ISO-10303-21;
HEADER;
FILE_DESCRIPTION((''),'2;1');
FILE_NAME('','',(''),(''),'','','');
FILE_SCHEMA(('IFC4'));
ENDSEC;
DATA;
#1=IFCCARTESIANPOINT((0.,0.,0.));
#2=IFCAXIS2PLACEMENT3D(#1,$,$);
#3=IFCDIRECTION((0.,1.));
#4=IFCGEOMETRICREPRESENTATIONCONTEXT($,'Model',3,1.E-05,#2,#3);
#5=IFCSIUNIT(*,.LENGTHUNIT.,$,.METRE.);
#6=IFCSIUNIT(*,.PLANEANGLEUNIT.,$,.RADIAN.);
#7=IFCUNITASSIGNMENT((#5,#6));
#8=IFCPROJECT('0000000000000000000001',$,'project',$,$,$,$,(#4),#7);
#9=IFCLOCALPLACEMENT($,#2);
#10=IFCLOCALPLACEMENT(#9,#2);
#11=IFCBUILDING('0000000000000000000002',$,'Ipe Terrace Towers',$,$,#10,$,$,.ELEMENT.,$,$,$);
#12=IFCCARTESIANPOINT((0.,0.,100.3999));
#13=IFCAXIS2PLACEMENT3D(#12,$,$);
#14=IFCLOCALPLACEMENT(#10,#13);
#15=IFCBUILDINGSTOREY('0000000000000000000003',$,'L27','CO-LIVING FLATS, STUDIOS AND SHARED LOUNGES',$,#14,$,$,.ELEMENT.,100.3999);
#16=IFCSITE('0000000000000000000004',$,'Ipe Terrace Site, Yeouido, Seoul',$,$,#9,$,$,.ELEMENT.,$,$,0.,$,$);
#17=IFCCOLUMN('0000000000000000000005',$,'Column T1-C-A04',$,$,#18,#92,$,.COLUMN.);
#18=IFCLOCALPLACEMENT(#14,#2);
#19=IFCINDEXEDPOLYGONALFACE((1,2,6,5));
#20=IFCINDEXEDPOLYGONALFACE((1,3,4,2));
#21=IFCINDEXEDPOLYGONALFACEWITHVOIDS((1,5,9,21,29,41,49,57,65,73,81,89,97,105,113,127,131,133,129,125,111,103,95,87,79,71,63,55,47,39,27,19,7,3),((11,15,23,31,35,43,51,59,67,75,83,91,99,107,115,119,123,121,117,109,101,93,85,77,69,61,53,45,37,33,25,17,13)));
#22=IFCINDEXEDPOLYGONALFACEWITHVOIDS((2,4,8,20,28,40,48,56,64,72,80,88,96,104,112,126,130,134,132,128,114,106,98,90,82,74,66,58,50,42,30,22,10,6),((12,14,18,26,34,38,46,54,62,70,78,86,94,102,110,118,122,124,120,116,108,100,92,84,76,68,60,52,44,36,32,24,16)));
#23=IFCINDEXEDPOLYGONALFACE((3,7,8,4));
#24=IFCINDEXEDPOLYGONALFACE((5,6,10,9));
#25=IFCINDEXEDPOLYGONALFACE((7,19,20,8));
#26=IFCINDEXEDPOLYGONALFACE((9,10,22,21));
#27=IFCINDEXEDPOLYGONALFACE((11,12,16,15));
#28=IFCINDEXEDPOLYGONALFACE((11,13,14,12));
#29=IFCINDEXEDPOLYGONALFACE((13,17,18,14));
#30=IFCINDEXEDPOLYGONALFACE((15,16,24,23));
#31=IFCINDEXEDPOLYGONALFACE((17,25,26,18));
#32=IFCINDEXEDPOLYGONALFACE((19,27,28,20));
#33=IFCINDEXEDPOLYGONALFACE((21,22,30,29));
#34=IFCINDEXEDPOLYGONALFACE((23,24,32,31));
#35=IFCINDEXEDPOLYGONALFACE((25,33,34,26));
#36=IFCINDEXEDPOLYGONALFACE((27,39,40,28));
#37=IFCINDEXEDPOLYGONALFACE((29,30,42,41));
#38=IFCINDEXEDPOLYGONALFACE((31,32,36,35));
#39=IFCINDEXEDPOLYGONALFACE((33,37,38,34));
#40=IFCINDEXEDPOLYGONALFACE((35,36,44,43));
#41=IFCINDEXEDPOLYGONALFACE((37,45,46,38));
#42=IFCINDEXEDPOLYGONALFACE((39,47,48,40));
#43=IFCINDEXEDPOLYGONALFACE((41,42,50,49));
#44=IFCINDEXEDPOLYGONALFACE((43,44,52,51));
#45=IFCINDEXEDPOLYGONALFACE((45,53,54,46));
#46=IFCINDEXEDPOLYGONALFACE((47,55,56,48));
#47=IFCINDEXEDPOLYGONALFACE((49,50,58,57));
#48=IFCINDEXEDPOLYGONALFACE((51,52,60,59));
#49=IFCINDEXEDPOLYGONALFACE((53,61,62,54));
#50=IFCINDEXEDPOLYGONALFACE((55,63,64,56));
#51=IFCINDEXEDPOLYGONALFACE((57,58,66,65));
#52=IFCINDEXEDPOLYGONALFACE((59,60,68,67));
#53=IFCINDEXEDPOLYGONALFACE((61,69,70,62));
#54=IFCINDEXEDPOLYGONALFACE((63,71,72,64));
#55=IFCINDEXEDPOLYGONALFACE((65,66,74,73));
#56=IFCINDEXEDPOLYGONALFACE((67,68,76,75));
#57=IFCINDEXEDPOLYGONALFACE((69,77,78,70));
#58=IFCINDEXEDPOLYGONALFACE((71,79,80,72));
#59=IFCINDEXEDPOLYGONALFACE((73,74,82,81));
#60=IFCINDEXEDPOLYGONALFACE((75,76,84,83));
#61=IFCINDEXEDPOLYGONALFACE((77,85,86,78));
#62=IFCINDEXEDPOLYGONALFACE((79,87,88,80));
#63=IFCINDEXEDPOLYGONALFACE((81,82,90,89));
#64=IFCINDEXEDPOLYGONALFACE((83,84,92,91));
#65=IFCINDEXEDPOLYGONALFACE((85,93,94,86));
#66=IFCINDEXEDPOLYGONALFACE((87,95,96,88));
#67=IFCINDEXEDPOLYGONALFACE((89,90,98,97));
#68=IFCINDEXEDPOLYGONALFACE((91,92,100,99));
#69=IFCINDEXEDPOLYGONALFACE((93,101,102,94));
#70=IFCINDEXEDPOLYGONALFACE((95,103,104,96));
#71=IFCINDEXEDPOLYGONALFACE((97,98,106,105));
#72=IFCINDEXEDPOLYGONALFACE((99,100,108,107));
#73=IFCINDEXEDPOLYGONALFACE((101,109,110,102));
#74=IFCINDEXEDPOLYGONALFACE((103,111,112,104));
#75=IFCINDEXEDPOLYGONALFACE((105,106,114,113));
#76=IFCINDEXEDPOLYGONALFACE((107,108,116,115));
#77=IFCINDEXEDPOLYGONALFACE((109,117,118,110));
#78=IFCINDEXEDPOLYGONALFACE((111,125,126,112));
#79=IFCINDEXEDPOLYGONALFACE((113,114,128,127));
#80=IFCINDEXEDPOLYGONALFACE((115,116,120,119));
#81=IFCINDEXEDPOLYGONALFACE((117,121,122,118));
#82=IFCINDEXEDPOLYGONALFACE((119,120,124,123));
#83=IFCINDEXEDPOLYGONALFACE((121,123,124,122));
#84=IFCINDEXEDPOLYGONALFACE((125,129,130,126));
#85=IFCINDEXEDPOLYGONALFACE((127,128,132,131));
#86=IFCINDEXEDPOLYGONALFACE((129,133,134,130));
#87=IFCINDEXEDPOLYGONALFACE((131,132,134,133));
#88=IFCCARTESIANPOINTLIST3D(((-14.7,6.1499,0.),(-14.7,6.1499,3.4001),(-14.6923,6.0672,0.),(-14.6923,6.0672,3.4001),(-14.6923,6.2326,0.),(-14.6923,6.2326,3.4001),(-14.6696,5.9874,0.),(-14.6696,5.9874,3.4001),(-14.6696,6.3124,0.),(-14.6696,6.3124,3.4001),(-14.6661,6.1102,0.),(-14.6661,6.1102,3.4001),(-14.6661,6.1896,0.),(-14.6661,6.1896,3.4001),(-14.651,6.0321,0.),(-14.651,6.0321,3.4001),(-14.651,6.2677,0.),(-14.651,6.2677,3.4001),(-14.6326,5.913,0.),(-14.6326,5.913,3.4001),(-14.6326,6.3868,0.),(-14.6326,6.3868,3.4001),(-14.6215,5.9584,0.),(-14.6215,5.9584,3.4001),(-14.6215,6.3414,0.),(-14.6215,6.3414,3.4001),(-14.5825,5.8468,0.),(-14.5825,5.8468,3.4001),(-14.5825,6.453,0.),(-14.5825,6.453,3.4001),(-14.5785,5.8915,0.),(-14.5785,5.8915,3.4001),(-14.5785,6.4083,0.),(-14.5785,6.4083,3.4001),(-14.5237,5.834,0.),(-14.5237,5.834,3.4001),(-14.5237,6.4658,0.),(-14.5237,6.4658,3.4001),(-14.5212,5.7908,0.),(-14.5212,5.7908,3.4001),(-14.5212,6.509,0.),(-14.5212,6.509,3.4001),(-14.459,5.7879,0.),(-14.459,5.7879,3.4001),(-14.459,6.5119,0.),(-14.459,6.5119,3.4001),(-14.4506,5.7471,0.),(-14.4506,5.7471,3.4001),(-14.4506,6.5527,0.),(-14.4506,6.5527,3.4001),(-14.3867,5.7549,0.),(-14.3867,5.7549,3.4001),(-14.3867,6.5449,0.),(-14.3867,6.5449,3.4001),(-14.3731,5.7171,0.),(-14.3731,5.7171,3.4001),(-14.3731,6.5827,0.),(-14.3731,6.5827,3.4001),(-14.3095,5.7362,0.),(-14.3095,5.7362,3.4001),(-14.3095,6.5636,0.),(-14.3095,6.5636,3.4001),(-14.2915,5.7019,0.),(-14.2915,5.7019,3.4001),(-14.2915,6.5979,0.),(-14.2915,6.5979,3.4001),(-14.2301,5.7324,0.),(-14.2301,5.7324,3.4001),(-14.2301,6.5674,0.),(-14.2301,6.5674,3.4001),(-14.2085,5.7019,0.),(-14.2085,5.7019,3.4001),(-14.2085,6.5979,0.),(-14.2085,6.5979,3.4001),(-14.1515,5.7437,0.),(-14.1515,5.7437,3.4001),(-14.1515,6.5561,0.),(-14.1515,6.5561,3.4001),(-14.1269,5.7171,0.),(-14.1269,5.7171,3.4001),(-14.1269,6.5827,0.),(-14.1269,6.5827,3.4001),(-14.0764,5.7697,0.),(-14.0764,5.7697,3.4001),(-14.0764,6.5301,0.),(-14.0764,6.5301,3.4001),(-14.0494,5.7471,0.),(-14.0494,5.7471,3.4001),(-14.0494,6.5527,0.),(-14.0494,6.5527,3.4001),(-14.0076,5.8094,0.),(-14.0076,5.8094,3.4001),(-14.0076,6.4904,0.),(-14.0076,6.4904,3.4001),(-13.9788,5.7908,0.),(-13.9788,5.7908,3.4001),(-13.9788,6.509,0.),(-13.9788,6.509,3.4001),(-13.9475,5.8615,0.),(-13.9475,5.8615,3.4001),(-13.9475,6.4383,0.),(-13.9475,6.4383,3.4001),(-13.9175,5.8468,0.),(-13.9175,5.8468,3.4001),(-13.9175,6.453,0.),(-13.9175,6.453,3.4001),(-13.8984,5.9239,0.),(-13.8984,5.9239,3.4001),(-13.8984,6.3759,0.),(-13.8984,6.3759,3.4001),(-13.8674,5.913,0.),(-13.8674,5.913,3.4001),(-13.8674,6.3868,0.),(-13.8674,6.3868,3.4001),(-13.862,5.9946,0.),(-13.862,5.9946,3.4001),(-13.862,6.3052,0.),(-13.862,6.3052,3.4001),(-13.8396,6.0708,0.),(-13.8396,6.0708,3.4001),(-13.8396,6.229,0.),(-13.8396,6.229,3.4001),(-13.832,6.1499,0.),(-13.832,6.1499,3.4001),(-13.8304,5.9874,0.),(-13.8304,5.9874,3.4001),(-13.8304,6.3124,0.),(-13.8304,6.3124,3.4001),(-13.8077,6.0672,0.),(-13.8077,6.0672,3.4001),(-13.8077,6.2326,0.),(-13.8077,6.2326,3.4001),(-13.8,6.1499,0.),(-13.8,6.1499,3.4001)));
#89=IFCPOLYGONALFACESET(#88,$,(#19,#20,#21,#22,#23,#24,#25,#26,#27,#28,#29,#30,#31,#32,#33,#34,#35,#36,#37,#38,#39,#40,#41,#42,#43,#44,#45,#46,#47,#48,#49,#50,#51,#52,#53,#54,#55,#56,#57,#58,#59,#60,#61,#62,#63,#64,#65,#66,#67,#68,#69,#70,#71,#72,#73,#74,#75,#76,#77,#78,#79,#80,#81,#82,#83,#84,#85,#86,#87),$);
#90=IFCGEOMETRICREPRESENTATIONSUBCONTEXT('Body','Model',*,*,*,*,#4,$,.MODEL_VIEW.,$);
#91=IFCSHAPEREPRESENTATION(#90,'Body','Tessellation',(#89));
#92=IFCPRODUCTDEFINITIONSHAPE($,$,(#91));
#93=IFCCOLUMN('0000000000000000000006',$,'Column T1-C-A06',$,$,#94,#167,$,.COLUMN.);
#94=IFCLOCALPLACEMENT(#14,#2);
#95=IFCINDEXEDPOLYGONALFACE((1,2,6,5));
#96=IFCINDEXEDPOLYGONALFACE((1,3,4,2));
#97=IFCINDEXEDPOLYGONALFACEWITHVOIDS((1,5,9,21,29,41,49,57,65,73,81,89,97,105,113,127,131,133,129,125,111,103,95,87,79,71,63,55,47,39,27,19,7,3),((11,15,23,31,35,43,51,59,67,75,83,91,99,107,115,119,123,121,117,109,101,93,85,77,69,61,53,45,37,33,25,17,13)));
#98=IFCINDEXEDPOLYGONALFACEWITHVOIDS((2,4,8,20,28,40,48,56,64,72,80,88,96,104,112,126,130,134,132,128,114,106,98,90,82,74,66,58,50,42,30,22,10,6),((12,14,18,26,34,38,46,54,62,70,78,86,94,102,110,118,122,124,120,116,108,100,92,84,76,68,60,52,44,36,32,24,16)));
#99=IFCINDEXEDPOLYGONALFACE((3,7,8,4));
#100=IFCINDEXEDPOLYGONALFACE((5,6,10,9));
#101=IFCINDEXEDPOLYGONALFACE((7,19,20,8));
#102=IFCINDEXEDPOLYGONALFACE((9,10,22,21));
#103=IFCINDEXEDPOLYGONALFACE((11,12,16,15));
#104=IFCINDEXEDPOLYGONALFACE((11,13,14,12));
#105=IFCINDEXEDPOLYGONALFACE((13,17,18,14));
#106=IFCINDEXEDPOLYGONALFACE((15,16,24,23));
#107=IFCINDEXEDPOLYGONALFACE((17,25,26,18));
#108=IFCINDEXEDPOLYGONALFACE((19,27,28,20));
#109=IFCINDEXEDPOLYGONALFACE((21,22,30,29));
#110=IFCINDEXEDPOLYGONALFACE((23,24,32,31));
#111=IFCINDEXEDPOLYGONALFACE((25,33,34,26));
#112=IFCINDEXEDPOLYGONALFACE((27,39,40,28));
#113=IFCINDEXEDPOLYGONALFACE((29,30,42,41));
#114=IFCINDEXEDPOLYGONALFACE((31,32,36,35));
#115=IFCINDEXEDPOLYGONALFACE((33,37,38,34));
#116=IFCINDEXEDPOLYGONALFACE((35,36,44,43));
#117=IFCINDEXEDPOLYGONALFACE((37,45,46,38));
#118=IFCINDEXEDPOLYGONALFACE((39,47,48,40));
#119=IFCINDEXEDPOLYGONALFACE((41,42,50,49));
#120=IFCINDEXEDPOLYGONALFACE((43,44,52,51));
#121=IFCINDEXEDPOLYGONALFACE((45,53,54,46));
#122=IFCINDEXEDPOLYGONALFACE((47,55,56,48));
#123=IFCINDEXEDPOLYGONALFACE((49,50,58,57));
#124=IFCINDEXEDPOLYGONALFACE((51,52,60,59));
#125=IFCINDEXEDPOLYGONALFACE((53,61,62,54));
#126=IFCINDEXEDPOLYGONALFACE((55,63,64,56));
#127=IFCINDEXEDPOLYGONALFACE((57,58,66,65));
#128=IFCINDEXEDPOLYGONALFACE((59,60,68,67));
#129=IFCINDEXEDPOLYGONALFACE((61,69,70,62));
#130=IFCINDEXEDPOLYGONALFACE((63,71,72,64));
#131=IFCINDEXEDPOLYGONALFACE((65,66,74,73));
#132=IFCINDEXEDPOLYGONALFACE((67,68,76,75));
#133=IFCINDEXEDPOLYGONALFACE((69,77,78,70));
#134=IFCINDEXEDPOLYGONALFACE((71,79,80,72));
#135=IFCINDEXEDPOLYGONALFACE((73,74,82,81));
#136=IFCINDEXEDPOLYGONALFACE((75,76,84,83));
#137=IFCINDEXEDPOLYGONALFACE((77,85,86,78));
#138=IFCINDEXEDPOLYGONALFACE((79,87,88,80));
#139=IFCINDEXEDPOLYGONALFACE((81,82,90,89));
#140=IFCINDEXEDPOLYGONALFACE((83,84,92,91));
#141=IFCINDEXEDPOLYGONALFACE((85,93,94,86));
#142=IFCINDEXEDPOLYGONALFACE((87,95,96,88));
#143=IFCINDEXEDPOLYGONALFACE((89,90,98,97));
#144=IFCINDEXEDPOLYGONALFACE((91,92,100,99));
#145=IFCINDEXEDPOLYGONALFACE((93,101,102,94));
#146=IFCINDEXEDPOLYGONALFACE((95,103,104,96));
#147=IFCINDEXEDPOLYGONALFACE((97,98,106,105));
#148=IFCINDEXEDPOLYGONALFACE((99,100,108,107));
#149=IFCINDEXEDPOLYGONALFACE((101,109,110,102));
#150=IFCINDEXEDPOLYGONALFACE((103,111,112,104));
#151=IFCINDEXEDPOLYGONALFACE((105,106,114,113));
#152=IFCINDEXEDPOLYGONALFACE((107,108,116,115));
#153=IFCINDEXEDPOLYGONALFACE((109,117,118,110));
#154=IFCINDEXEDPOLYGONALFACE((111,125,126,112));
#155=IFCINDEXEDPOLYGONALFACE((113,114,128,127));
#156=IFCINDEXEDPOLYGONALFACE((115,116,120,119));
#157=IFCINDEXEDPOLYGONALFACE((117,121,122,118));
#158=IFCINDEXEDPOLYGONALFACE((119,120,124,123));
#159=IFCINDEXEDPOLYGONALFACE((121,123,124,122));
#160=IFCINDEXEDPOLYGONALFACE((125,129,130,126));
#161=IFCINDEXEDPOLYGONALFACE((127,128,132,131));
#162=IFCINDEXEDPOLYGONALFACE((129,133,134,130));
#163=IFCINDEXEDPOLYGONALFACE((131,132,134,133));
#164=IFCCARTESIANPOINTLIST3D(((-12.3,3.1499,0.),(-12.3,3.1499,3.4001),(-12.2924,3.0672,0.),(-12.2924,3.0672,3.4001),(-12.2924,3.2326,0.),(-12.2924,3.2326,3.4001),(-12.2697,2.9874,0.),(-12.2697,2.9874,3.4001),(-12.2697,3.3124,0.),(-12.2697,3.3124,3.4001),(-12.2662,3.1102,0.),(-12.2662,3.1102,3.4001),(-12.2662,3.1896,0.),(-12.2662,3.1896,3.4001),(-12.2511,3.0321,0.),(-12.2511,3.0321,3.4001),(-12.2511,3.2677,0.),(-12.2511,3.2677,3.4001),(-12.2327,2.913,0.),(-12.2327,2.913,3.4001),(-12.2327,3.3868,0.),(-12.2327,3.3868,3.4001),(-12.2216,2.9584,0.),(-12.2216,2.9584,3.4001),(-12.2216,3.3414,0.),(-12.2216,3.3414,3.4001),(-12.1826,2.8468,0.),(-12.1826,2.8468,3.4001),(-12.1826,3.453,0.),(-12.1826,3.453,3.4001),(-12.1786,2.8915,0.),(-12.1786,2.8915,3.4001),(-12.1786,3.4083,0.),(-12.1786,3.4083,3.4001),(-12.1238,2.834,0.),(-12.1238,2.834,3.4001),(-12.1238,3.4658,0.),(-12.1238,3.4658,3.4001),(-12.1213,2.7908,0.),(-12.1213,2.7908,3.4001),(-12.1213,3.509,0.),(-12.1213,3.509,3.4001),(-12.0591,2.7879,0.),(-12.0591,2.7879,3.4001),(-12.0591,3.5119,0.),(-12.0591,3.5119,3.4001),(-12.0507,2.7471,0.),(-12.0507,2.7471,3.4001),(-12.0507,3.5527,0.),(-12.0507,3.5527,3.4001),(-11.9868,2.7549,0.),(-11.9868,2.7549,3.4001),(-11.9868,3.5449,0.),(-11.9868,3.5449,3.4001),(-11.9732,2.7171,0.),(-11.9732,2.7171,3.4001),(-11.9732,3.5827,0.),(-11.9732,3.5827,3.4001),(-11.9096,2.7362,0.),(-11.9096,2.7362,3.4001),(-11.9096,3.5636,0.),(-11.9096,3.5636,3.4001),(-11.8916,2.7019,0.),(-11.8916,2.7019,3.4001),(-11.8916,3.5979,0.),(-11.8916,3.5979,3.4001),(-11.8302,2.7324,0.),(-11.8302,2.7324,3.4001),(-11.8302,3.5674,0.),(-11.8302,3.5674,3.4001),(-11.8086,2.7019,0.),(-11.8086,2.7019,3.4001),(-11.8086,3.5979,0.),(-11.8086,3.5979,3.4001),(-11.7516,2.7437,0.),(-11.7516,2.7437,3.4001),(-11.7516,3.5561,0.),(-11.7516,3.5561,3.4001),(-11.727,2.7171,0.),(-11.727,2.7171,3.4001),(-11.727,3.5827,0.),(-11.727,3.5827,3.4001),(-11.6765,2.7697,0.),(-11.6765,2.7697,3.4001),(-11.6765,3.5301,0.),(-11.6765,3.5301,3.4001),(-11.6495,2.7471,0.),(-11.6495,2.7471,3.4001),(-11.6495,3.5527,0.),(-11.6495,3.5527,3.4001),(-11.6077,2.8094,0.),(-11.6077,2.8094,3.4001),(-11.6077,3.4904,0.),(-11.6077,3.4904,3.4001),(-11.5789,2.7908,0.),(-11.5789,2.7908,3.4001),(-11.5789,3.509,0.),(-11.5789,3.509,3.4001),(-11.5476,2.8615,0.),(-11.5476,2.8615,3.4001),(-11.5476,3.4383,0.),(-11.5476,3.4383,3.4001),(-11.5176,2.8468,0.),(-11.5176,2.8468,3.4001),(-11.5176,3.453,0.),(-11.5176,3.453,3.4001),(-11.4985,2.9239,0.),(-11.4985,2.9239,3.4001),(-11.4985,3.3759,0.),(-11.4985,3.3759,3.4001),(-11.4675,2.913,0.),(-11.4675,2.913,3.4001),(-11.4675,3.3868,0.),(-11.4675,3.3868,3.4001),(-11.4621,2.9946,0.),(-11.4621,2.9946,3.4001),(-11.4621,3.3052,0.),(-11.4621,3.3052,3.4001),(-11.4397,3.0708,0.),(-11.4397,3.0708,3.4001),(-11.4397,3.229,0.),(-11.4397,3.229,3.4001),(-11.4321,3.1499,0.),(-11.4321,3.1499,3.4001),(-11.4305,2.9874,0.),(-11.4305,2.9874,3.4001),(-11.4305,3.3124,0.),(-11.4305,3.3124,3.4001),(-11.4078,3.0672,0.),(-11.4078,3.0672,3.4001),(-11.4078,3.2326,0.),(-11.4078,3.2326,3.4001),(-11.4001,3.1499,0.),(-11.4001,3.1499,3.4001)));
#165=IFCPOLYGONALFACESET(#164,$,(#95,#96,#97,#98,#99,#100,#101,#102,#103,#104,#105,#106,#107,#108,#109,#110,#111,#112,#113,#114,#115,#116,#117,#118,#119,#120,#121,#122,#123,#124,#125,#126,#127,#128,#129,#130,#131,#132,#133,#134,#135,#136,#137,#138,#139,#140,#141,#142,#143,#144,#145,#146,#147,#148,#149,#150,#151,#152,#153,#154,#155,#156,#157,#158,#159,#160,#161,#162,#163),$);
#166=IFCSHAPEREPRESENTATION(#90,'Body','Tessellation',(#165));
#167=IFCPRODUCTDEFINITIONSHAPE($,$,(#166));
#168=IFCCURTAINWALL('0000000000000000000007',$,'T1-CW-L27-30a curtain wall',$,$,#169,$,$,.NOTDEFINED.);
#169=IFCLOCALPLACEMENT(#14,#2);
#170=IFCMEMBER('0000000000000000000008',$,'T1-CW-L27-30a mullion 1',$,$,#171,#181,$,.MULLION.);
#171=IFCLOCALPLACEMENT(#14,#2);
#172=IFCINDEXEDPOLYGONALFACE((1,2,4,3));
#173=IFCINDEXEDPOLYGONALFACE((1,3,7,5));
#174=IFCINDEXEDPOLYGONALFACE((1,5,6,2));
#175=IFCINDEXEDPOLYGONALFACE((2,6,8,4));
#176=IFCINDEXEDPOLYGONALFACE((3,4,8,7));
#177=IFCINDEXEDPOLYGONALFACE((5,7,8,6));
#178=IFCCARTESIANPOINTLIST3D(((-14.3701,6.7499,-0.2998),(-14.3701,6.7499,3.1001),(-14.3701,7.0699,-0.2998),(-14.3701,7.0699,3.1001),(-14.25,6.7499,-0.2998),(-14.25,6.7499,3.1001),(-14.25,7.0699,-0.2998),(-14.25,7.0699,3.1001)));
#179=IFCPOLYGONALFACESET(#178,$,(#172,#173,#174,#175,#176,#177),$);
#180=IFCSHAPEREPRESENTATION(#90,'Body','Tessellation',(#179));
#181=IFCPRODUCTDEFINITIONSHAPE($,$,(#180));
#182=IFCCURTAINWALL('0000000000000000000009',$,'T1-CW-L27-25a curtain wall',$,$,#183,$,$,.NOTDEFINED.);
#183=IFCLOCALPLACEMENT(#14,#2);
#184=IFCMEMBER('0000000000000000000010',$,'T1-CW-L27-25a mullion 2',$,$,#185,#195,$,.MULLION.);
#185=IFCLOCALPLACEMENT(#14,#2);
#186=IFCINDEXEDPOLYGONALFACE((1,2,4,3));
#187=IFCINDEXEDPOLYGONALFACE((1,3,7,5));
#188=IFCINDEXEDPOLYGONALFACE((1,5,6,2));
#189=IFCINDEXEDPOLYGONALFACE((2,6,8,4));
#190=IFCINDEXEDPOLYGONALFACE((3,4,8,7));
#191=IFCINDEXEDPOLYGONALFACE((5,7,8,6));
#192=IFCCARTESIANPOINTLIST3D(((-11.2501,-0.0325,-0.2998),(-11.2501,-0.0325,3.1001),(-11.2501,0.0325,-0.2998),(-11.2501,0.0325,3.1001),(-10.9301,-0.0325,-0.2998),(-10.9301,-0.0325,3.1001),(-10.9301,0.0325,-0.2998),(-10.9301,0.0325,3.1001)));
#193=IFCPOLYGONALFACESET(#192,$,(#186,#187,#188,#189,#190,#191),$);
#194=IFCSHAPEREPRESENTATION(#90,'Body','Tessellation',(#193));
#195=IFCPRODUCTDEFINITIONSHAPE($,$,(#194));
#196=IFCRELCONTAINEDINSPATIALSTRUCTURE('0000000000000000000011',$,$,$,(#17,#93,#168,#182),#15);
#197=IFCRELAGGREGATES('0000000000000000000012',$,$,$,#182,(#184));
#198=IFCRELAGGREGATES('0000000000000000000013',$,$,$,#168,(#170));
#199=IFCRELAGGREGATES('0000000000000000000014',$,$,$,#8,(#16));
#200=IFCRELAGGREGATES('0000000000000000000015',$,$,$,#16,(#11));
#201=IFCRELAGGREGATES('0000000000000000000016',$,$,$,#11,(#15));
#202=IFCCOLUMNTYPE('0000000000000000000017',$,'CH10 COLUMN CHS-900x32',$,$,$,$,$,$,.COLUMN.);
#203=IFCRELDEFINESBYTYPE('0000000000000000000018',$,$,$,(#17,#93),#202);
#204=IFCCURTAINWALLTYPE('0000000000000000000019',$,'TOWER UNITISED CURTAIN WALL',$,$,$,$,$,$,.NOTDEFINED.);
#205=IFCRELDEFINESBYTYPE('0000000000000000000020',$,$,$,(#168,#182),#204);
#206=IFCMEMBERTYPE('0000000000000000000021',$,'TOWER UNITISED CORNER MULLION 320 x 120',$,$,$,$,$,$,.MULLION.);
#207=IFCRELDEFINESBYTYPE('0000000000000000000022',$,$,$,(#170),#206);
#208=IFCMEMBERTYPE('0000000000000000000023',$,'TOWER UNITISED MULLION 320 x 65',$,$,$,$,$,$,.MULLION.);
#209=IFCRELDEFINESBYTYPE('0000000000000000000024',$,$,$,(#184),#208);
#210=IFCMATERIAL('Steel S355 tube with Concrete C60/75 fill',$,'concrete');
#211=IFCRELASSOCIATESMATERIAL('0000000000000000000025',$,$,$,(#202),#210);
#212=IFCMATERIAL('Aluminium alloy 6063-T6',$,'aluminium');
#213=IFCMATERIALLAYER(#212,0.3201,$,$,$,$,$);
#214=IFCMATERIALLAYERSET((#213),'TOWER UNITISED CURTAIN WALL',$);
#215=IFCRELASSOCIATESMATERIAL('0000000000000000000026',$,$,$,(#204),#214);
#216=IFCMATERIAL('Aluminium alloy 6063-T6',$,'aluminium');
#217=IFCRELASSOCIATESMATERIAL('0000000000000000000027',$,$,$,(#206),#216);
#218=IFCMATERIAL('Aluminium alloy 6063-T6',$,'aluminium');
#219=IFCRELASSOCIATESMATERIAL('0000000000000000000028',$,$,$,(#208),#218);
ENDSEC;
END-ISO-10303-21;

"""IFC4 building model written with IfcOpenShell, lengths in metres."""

from ifc_helpers import new_model, si_unit, direction, frame, origin, origin_2d, place, context, subcontext, project, spatial, rectangle, hollow_circle, extrude, material, layer, layer_set, material_profile, profile_set, type_object, element, aggregate, save


model = new_model("IFC4")

# Units and contexts
model_context = context("Model", 3, precision=1e-05, world=origin(), true_north=direction((0.0, 1.0)))
body_context = subcontext(model_context, "Body", "Model", "MODEL_VIEW")
ifc_project = project(units=[si_unit("LENGTHUNIT", "METRE"), si_unit("PLANEANGLEUNIT", "RADIAN")], contexts=[model_context])

# Site, building, storey
site_placement = place(None, origin())
site = spatial("IfcSite", under=ifc_project, at=site_placement, Name="Ipe Terrace Site, Yeouido, Seoul", CompositionType="ELEMENT", RefElevation=0.0)
building_placement = place(site_placement, origin())
building = spatial("IfcBuilding", under=site, at=building_placement, Name="Ipe Terrace Towers", CompositionType="ELEMENT")
storey_placement = place(building_placement, frame((0.0, 0.0, 100.3999)))
storey = spatial("IfcBuildingStorey", under=building, at=storey_placement, Name="L27", Description="CO-LIVING FLATS, STUDIOS AND SHARED LOUNGES", CompositionType="ELEMENT", Elevation=100.3999)

# Columns
ifc_material_1 = material(Name="Steel S355 tube with Concrete C60/75 fill", Category="concrete")
ifc_material_profile_1 = material_profile(ifc_material_1, hollow_circle(Radius=0.45, WallThickness=0.032, at=origin_2d()), Name="CHS-900x32")
ifc_profile_set_1 = profile_set([ifc_material_profile_1], Name="Steel S355 tube with Concrete C60/75 fill")
column_type = type_object("IfcColumnType", Name="CH10 COLUMN CHS-900x32", PredefinedType="COLUMN", material=ifc_profile_set_1)
for number, where, z_axis, x_axis, name in (
    (1, (-14.25, 6.1499, 0.0), (0.0, 0.0, 1.0), (1.0, 0.0, 0.0), "Column T1-C-A04"),
    (2, (-11.8501, 3.1499, 0.0), (0.0, 0.0, 1.0), (1.0, 0.0, 0.0), "Column T1-C-A06"),
):
    element("IfcColumn", number, at=place(storey_placement, frame(where, z_axis=z_axis, x_axis=x_axis)), inside=storey, type_object=column_type, Name=name, PredefinedType="COLUMN", context=body_context, shape_type="SweptSolid", body=[
        extrude(hollow_circle(Radius=0.45, WallThickness=0.032, at=origin_2d()), origin(), (0.0, 0.0, 1.0), 3.4001),
    ])

# Curtain walls, members
ifc_material_2 = material(Name="Aluminium alloy 6063-T6", Category="aluminium")
ifc_layer_1 = layer(ifc_material_2, 0.3201)
ifc_layer_set_1 = layer_set([ifc_layer_1], Name="TOWER UNITISED CURTAIN WALL")
curtain_wall_type = type_object("IfcCurtainWallType", Name="TOWER UNITISED CURTAIN WALL", PredefinedType="NOTDEFINED", material=ifc_layer_set_1)
curtain_wall_1_placement = place(storey_placement, origin())
curtain_wall_1 = element("IfcCurtainWall", 3, at=curtain_wall_1_placement, inside=storey, type_object=curtain_wall_type, Name="T1-CW-L27-30a curtain wall", PredefinedType="NOTDEFINED")
ifc_material_3 = material(Name="Aluminium alloy 6063-T6", Category="aluminium")
ifc_material_profile_2 = material_profile(ifc_material_3, rectangle(XDim=0.3201, YDim=0.1201, at=origin_2d()), Name="TOWER UNITISED CORNER MULLION 320 x 120")
ifc_profile_set_2 = profile_set([ifc_material_profile_2], Name="Aluminium alloy 6063-T6")
member_type_1 = type_object("IfcMemberType", Name="TOWER UNITISED CORNER MULLION 320 x 120", PredefinedType="MULLION", material=ifc_profile_set_2)
member_1_placement = place(storey_placement, frame((-14.3101, 6.9099, -0.2998), z_axis=(0.0, 0.0, 1.0), x_axis=(0.0, 1.0, 0.0)))
member_1 = element("IfcMember", 4, at=member_1_placement, type_object=member_type_1, Name="T1-CW-L27-30a mullion 1", PredefinedType="MULLION", context=body_context, shape_type="SweptSolid", body=[
    extrude(rectangle(XDim=0.3201, YDim=0.1201, at=origin_2d()), origin(), (0.0, 0.0, 1.0), 3.3999),
])
curtain_wall_2_placement = place(storey_placement, origin())
curtain_wall_2 = element("IfcCurtainWall", 5, at=curtain_wall_2_placement, inside=storey, type_object=curtain_wall_type, Name="T1-CW-L27-25a curtain wall", PredefinedType="NOTDEFINED")
ifc_material_4 = material(Name="Aluminium alloy 6063-T6", Category="aluminium")
ifc_material_profile_3 = material_profile(ifc_material_4, rectangle(XDim=0.3201, YDim=0.0649, at=origin_2d()), Name="TOWER UNITISED MULLION 320 x 65")
ifc_profile_set_3 = profile_set([ifc_material_profile_3], Name="Aluminium alloy 6063-T6")
member_type_2 = type_object("IfcMemberType", Name="TOWER UNITISED MULLION 320 x 65", PredefinedType="MULLION", material=ifc_profile_set_3)
member_2_placement = place(storey_placement, frame((-11.0901, 0.0, -0.2998), z_axis=(0.0, 0.0, 1.0), x_axis=(1.0, 0.0, 0.0)))
member_2 = element("IfcMember", 6, at=member_2_placement, type_object=member_type_2, Name="T1-CW-L27-25a mullion 2", PredefinedType="MULLION", context=body_context, shape_type="SweptSolid", body=[
    extrude(rectangle(XDim=0.3201, YDim=0.0649, at=origin_2d()), origin(), (0.0, 0.0, 1.0), 3.3999),
])
aggregate(curtain_wall_2, [member_2])

aggregate(curtain_wall_1, [member_1])

save(model, "model.ifc")
